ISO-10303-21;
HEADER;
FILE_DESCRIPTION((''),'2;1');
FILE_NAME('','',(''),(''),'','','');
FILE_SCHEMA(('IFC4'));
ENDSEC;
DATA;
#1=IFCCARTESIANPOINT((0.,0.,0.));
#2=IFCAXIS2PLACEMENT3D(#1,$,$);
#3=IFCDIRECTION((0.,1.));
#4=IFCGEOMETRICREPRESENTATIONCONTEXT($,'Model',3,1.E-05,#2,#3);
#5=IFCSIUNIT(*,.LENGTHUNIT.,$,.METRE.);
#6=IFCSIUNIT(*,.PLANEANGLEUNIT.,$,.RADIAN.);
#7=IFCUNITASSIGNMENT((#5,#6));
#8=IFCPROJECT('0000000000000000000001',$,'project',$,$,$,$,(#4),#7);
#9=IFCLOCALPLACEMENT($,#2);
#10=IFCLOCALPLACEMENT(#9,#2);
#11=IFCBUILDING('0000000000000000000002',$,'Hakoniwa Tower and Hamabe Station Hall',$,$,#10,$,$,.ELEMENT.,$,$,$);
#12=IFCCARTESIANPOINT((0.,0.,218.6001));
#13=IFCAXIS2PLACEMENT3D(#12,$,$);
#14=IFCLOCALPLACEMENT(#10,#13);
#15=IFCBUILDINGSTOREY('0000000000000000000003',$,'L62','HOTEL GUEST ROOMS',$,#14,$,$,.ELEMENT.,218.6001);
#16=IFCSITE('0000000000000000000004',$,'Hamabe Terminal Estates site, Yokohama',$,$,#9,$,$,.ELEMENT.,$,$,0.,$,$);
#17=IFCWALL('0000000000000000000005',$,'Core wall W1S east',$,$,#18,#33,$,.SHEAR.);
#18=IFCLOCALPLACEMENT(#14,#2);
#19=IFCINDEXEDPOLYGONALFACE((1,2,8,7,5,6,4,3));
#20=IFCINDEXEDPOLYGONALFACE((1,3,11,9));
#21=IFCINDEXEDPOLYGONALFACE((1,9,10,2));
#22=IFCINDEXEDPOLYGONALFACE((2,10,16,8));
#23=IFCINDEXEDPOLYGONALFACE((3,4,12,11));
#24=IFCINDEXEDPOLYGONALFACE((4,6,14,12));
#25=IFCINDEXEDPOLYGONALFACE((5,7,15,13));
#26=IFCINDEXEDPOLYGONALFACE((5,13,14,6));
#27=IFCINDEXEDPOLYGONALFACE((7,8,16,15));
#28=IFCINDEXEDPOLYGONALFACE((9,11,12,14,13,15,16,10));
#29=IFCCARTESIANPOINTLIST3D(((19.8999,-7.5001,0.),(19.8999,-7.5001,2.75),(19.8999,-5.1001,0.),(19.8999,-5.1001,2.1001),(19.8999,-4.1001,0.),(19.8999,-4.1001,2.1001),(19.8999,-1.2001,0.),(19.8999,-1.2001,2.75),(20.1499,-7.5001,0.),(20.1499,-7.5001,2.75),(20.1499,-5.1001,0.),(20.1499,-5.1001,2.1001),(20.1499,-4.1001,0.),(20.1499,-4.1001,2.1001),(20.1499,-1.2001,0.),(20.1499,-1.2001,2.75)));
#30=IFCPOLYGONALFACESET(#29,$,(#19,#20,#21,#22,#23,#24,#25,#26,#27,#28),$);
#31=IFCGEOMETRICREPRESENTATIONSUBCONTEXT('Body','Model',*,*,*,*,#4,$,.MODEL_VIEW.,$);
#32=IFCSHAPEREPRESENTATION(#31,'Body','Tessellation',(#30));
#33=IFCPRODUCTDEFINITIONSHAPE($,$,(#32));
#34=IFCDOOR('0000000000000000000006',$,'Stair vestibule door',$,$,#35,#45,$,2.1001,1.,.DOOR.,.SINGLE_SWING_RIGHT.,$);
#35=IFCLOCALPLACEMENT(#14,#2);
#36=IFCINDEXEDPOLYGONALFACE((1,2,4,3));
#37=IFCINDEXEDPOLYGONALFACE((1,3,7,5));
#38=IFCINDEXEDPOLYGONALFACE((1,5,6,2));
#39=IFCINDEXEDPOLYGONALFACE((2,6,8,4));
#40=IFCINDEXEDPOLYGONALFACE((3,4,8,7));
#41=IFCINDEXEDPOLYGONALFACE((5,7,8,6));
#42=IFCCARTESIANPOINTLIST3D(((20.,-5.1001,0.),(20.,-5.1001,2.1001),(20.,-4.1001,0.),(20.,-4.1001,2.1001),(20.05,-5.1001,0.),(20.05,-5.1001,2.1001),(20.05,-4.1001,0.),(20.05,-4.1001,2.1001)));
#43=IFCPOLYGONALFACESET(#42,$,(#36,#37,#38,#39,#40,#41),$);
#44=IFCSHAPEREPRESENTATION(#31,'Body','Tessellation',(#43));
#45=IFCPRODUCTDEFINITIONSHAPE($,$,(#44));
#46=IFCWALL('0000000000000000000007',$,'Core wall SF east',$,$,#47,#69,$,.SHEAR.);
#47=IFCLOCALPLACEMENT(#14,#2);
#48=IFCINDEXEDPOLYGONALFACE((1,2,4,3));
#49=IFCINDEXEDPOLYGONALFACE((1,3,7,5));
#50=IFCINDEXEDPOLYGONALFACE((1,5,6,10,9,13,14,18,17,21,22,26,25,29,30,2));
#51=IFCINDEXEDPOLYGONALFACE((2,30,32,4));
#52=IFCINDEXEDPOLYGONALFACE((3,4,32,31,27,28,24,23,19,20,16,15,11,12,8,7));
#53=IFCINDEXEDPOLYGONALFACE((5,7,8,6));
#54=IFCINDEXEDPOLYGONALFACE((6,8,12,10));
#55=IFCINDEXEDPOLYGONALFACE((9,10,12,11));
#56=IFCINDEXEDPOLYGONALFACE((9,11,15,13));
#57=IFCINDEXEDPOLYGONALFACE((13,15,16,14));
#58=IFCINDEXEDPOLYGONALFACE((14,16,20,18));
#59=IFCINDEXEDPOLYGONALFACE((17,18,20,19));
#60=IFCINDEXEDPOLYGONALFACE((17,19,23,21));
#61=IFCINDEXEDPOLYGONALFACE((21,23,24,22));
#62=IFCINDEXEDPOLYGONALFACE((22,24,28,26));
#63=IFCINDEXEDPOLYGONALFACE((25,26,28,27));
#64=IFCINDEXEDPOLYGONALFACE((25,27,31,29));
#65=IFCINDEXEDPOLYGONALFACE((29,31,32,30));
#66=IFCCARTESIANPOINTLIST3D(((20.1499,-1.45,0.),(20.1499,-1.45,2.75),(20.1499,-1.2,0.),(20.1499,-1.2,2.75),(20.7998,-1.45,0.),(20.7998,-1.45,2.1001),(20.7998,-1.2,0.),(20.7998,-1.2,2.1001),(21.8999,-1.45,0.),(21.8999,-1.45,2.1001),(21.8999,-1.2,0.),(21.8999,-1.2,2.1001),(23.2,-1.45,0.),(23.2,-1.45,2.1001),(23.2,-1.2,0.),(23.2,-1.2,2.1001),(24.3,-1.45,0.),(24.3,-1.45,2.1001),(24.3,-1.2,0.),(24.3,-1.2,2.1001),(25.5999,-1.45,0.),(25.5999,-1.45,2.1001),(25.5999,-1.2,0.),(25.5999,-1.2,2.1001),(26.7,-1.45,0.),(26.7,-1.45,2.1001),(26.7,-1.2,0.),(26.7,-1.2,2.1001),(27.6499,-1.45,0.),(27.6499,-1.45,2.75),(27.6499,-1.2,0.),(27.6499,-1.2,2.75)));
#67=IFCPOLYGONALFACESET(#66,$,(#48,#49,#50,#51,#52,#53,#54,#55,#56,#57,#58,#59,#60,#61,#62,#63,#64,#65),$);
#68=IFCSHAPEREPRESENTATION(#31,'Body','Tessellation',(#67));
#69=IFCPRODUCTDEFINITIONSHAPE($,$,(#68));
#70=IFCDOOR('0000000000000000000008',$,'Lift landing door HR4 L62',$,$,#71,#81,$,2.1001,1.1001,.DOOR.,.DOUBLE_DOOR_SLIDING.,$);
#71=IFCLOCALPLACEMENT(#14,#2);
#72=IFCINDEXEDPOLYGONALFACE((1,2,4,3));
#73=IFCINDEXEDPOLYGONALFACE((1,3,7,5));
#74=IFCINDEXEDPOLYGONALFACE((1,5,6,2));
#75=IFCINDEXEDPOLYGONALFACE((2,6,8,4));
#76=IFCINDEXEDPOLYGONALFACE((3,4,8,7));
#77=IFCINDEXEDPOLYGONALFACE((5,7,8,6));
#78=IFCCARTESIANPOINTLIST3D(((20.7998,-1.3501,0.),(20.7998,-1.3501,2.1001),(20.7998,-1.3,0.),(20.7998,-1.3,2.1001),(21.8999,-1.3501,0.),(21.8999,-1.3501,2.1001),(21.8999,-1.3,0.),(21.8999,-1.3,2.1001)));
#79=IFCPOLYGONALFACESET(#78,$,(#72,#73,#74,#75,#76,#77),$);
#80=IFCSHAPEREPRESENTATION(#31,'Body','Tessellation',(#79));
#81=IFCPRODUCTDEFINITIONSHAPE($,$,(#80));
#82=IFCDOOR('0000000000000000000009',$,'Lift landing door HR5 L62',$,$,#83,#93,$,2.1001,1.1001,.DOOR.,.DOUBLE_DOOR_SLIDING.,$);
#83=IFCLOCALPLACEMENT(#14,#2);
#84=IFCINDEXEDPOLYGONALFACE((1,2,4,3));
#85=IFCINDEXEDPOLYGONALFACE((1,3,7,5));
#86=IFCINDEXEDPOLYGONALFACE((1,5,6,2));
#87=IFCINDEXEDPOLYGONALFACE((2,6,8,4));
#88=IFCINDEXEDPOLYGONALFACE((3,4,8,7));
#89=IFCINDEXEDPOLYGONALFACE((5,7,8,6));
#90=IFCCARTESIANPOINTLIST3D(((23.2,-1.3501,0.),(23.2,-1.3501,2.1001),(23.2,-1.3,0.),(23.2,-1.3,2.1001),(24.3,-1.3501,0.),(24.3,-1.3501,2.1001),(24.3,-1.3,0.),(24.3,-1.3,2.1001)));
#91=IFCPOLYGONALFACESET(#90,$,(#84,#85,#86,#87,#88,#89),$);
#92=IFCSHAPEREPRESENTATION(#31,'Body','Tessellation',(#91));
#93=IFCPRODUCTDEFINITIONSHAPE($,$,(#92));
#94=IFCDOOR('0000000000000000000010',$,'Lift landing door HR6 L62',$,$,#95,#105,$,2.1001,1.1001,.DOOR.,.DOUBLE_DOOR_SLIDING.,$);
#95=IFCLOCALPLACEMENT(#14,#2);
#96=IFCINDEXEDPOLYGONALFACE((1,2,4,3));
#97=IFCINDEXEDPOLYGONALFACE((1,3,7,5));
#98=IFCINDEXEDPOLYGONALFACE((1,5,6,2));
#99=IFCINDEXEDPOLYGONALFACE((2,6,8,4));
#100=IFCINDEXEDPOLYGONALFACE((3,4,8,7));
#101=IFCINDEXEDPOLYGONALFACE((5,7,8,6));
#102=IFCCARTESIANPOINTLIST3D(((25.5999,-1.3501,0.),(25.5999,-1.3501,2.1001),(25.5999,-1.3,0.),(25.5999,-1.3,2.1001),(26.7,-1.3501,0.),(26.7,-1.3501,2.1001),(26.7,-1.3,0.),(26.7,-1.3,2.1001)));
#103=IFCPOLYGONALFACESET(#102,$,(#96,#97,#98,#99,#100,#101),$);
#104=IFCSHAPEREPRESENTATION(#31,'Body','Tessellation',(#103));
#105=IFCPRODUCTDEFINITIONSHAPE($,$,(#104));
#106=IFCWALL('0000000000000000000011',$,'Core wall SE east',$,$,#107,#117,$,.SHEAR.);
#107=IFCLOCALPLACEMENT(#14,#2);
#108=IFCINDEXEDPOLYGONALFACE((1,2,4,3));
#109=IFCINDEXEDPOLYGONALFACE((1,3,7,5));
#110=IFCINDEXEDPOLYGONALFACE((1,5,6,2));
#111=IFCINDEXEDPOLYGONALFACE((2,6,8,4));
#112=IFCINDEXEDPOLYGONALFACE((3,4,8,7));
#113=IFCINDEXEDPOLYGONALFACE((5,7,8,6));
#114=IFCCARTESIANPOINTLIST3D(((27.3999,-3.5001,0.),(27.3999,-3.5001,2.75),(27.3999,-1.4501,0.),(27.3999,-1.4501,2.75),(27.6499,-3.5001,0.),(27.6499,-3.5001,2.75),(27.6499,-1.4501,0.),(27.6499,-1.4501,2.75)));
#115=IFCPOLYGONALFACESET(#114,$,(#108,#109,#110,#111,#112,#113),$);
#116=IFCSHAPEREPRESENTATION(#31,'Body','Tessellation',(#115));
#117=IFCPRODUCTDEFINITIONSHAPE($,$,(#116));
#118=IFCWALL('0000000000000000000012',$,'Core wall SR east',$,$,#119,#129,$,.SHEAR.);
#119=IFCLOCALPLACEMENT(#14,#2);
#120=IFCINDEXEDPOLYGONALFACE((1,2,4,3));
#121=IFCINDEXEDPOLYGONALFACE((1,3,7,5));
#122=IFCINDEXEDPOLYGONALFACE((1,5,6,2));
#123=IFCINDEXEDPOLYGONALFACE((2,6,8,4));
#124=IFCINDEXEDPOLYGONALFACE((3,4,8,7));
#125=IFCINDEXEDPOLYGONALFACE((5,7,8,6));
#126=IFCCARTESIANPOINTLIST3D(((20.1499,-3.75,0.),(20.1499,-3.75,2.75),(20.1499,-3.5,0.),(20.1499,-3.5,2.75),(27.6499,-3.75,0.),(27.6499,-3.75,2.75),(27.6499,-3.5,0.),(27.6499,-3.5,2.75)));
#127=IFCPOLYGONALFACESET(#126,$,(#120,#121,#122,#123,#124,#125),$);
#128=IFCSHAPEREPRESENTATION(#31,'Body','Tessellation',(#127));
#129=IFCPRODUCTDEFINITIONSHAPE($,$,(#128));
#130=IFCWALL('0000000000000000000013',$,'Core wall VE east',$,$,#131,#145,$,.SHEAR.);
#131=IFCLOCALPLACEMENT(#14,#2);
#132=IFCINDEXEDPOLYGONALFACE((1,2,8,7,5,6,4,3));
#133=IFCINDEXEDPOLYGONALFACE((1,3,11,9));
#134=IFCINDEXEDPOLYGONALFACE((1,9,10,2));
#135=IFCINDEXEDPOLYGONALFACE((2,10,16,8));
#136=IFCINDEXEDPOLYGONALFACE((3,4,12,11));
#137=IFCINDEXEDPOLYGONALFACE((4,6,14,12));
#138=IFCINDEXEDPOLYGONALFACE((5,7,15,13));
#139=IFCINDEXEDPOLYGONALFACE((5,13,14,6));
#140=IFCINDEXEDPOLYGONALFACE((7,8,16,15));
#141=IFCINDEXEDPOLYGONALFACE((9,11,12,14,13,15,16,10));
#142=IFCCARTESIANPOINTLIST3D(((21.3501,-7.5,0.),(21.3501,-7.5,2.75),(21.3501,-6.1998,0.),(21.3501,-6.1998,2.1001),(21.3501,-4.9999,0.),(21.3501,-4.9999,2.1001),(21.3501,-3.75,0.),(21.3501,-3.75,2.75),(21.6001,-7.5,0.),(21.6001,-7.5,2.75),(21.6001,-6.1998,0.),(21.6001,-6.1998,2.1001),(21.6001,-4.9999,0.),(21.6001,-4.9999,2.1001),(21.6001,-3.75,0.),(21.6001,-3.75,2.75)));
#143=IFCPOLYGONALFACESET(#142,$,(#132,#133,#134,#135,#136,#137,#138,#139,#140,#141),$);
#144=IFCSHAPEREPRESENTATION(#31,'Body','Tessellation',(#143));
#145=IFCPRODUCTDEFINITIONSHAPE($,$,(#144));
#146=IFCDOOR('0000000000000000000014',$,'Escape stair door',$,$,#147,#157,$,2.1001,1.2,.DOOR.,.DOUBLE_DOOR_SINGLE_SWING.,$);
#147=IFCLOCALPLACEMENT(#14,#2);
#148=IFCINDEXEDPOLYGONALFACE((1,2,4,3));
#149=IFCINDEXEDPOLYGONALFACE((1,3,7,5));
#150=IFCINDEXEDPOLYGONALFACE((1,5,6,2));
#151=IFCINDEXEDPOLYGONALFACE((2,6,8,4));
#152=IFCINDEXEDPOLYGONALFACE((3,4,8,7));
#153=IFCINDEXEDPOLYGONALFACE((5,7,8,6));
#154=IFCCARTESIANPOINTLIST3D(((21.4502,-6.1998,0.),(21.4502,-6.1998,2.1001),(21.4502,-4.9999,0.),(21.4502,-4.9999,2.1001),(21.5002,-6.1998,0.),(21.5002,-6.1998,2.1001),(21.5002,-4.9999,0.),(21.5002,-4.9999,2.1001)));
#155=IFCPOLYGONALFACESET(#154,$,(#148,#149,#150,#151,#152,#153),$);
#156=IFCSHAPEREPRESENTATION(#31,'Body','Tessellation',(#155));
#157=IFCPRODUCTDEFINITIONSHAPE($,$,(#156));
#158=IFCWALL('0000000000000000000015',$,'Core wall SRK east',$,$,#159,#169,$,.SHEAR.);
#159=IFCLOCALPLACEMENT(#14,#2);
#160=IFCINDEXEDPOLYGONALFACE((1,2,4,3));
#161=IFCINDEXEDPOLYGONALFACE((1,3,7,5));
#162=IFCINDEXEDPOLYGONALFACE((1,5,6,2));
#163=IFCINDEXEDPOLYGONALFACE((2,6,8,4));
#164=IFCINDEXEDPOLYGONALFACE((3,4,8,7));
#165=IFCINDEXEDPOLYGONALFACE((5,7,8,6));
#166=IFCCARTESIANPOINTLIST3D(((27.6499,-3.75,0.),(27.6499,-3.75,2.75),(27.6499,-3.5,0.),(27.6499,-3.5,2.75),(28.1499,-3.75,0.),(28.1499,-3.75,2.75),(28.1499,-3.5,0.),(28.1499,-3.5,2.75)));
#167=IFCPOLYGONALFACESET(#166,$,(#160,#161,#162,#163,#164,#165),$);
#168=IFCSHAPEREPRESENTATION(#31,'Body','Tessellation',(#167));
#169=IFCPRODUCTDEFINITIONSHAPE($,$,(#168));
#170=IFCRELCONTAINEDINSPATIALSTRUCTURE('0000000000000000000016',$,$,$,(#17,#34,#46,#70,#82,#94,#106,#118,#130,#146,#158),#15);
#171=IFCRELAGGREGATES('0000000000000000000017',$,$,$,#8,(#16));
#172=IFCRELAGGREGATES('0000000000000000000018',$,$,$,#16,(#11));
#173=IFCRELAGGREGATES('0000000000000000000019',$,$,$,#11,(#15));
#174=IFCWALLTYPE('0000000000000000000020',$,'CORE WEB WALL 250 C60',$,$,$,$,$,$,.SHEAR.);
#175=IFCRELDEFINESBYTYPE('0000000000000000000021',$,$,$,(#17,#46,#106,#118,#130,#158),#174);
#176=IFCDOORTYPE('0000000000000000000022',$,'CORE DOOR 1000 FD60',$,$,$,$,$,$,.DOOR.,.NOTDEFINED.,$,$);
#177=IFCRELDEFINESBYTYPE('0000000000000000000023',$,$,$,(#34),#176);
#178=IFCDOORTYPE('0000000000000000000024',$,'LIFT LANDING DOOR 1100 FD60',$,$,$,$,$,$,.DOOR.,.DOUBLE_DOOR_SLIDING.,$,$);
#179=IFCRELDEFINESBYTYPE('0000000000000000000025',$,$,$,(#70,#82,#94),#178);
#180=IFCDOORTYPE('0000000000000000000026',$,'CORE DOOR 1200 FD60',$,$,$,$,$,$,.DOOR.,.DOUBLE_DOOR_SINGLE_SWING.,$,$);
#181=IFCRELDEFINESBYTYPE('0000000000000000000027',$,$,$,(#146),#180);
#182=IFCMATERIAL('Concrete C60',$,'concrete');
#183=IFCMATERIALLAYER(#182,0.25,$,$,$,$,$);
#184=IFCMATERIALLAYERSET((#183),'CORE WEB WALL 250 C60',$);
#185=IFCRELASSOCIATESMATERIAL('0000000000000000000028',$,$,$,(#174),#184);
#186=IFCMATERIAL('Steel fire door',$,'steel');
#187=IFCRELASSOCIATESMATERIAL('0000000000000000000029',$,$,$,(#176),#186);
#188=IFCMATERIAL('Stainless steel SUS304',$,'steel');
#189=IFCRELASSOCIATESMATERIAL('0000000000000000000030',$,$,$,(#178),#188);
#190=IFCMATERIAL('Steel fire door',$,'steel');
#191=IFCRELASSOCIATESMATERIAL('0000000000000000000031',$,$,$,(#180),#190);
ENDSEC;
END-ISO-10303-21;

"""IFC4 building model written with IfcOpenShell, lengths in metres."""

from ifc_helpers import new_model, si_unit, direction, frame, frame_2d, origin, place, context, subcontext, project, spatial, rectangle, extrude, material, layer, layer_set, type_object, element, fill, save


model = new_model("IFC4")

# Units and contexts
model_context = context("Model", 3, precision=1e-05, world=origin(), true_north=direction((0.0, 1.0)))
body_context = subcontext(model_context, "Body", "Model", "MODEL_VIEW")
ifc_project = project(units=[si_unit("LENGTHUNIT", "METRE"), si_unit("PLANEANGLEUNIT", "RADIAN")], contexts=[model_context])

# Site, building, storey
site_placement = place(None, origin())
site = spatial("IfcSite", under=ifc_project, at=site_placement, Name="Hamabe Terminal Estates site, Yokohama", CompositionType="ELEMENT", RefElevation=0.0)
building_placement = place(site_placement, origin())
building = spatial("IfcBuilding", under=site, at=building_placement, Name="Hakoniwa Tower and Hamabe Station Hall", CompositionType="ELEMENT")
storey_placement = place(building_placement, frame((0.0, 0.0, 218.6001)))
storey = spatial("IfcBuildingStorey", under=building, at=storey_placement, Name="L62", Description="HOTEL GUEST ROOMS", CompositionType="ELEMENT", Elevation=218.6001)

# Wall, opening, door
ifc_material_1 = material(Name="Concrete C60", Category="concrete")
ifc_layer_1 = layer(ifc_material_1, 0.25)
ifc_layer_set_1 = layer_set([ifc_layer_1], Name="CORE WEB WALL 250 C60")
wall_type_1 = type_object("IfcWallType", Name="CORE WEB WALL 250 C60", PredefinedType="SHEAR", material=ifc_layer_set_1)
wall_1_placement = place(storey_placement, frame((20.0249, -7.5, 0.0), z_axis=(0.0, 0.0, 1.0), x_axis=(0.0, 1.0, 0.0)))
wall_1 = element("IfcWall", 1, at=wall_1_placement, inside=storey, type_object=wall_type_1, Name="Core wall W1S east", PredefinedType="SHEAR", context=body_context, shape_type="SweptSolid", body=[
    extrude(rectangle(XDim=6.3, YDim=0.25, at=frame_2d((3.1499, 0.0))), origin(), (0.0, 0.0, 1.0), 2.75),
])
opening_1_placement = place(wall_1_placement, frame((2.3999, 0.0, 0.0)))
opening_1 = element("IfcOpeningElement", 2, at=opening_1_placement, cuts=wall_1, PredefinedType="OPENING", context=body_context, shape_type="SweptSolid", body=[
    extrude(rectangle(XDim=1.0, YDim=2.1001, at=frame_2d((0.5, 1.05))), frame((0.0, 0.135, 0.0), z_axis=(0.0, -1.0, 0.0), x_axis=(1.0, 0.0, 0.0)), (0.0, 0.0, 1.0), 0.27),
])
ifc_material_2 = material(Name="Steel fire door", Category="steel")
door_type_1 = type_object("IfcDoorType", Name="CORE DOOR 1000 FD60", OperationType="NOTDEFINED", PredefinedType="DOOR", material=ifc_material_2)
door_1_placement = place(opening_1_placement, origin())
door_1 = element("IfcDoor", 3, at=door_1_placement, inside=storey, type_object=door_type_1, Name="Stair vestibule door", OperationType="SINGLE_SWING_RIGHT", OverallHeight=2.1001, OverallWidth=1.0, PredefinedType="DOOR", context=body_context, shape_type="SweptSolid", body=[
    extrude(rectangle(XDim=1.0, YDim=2.1001, at=frame_2d((0.5, 1.05))), frame((0.0, 0.0249, 0.0), z_axis=(0.0, -1.0, 0.0), x_axis=(1.0, 0.0, 0.0)), (0.0, 0.0, 1.0), 0.05),
])
fill(opening_1, door_1)

# Wall, openings, doors
wall_2_placement = place(storey_placement, frame((20.1499, -1.325, 0.0), z_axis=(0.0, 0.0, 1.0), x_axis=(1.0, 0.0, 0.0)))
wall_2 = element("IfcWall", 4, at=wall_2_placement, inside=storey, type_object=wall_type_1, Name="Core wall SF east", PredefinedType="SHEAR", context=body_context, shape_type="SweptSolid", body=[
    extrude(rectangle(XDim=7.5, YDim=0.25, at=frame_2d((3.75, 0.0))), origin(), (0.0, 0.0, 1.0), 2.75),
])
opening_2_placement = place(wall_2_placement, frame((0.6499, 0.0, 0.0)))
opening_2 = element("IfcOpeningElement", 5, at=opening_2_placement, cuts=wall_2, PredefinedType="OPENING", context=body_context, shape_type="SweptSolid", body=[
    extrude(rectangle(XDim=1.1001, YDim=2.1001, at=frame_2d((0.55, 1.05))), frame((0.0, 0.135, 0.0), z_axis=(0.0, -1.0, 0.0), x_axis=(1.0, 0.0, 0.0)), (0.0, 0.0, 1.0), 0.27),
])
opening_3_placement = place(wall_2_placement, frame((3.05, 0.0, 0.0)))
opening_3 = element("IfcOpeningElement", 6, at=opening_3_placement, cuts=wall_2, PredefinedType="OPENING", context=body_context, shape_type="SweptSolid", body=[
    extrude(rectangle(XDim=1.1001, YDim=2.1001, at=frame_2d((0.55, 1.05))), frame((0.0, 0.135, 0.0), z_axis=(0.0, -1.0, 0.0), x_axis=(1.0, 0.0, 0.0)), (0.0, 0.0, 1.0), 0.27),
])
opening_4_placement = place(wall_2_placement, frame((5.45, 0.0, 0.0)))
opening_4 = element("IfcOpeningElement", 7, at=opening_4_placement, cuts=wall_2, PredefinedType="OPENING", context=body_context, shape_type="SweptSolid", body=[
    extrude(rectangle(XDim=1.1001, YDim=2.1001, at=frame_2d((0.55, 1.05))), frame((0.0, 0.135, 0.0), z_axis=(0.0, -1.0, 0.0), x_axis=(1.0, 0.0, 0.0)), (0.0, 0.0, 1.0), 0.27),
])
ifc_material_3 = material(Name="Stainless steel SUS304", Category="steel")
door_type_2 = type_object("IfcDoorType", Name="LIFT LANDING DOOR 1100 FD60", OperationType="DOUBLE_DOOR_SLIDING", PredefinedType="DOOR", material=ifc_material_3)
door_2_placement = place(opening_2_placement, origin())
door_2 = element("IfcDoor", 8, at=door_2_placement, inside=storey, type_object=door_type_2, Name="Lift landing door HR4 L62", OperationType="DOUBLE_DOOR_SLIDING", OverallHeight=2.1001, OverallWidth=1.1001, PredefinedType="DOOR", context=body_context, shape_type="SweptSolid", body=[
    extrude(rectangle(XDim=1.1001, YDim=2.1001, at=frame_2d((0.55, 1.05))), frame((0.0, 0.0249, 0.0), z_axis=(0.0, -1.0, 0.0), x_axis=(1.0, 0.0, 0.0)), (0.0, 0.0, 1.0), 0.05),
])
fill(opening_2, door_2)
door_3_placement = place(opening_3_placement, origin())
door_3 = element("IfcDoor", 9, at=door_3_placement, inside=storey, type_object=door_type_2, Name="Lift landing door HR5 L62", OperationType="DOUBLE_DOOR_SLIDING", OverallHeight=2.1001, OverallWidth=1.1001, PredefinedType="DOOR", context=body_context, shape_type="SweptSolid", body=[
    extrude(rectangle(XDim=1.1001, YDim=2.1001, at=frame_2d((0.55, 1.05))), frame((0.0, 0.0249, 0.0), z_axis=(0.0, -1.0, 0.0), x_axis=(1.0, 0.0, 0.0)), (0.0, 0.0, 1.0), 0.05),
])
fill(opening_3, door_3)
door_4_placement = place(opening_4_placement, origin())
door_4 = element("IfcDoor", 10, at=door_4_placement, inside=storey, type_object=door_type_2, Name="Lift landing door HR6 L62", OperationType="DOUBLE_DOOR_SLIDING", OverallHeight=2.1001, OverallWidth=1.1001, PredefinedType="DOOR", context=body_context, shape_type="SweptSolid", body=[
    extrude(rectangle(XDim=1.1001, YDim=2.1001, at=frame_2d((0.55, 1.05))), frame((0.0, 0.0249, 0.0), z_axis=(0.0, -1.0, 0.0), x_axis=(1.0, 0.0, 0.0)), (0.0, 0.0, 1.0), 0.05),
])
fill(opening_4, door_4)

# Walls
wall_3_placement = place(storey_placement, frame((27.5249, -3.5, 0.0), z_axis=(0.0, 0.0, 1.0), x_axis=(0.0, 1.0, 0.0)))
element("IfcWall", 11, at=wall_3_placement, inside=storey, type_object=wall_type_1, Name="Core wall SE east", PredefinedType="SHEAR", context=body_context, shape_type="SweptSolid", body=[
    extrude(rectangle(XDim=2.05, YDim=0.25, at=frame_2d((1.0249, 0.0))), origin(), (0.0, 0.0, 1.0), 2.75),
])
wall_4_placement = place(storey_placement, frame((20.1499, -3.625, 0.0), z_axis=(0.0, 0.0, 1.0), x_axis=(1.0, 0.0, 0.0)))
element("IfcWall", 12, at=wall_4_placement, inside=storey, type_object=wall_type_1, Name="Core wall SR east", PredefinedType="SHEAR", context=body_context, shape_type="SweptSolid", body=[
    extrude(rectangle(XDim=7.5, YDim=0.25, at=frame_2d((3.75, 0.0))), origin(), (0.0, 0.0, 1.0), 2.75),
])

# Wall, opening, door
wall_5_placement = place(storey_placement, frame((21.4751, -7.5, 0.0), z_axis=(0.0, 0.0, 1.0), x_axis=(0.0, 1.0, 0.0)))
wall_5 = element("IfcWall", 13, at=wall_5_placement, inside=storey, type_object=wall_type_1, Name="Core wall VE east", PredefinedType="SHEAR", context=body_context, shape_type="SweptSolid", body=[
    extrude(rectangle(XDim=3.75, YDim=0.25, at=frame_2d((1.875, 0.0))), origin(), (0.0, 0.0, 1.0), 2.75),
])
opening_5_placement = place(wall_5_placement, frame((1.3, 0.0, 0.0)))
opening_5 = element("IfcOpeningElement", 14, at=opening_5_placement, cuts=wall_5, PredefinedType="OPENING", context=body_context, shape_type="SweptSolid", body=[
    extrude(rectangle(XDim=1.2, YDim=2.1001, at=frame_2d((0.6001, 1.05))), frame((0.0, 0.135, 0.0), z_axis=(0.0, -1.0, 0.0), x_axis=(1.0, 0.0, 0.0)), (0.0, 0.0, 1.0), 0.27),
])
ifc_material_4 = material(Name="Steel fire door", Category="steel")
door_type_3 = type_object("IfcDoorType", Name="CORE DOOR 1200 FD60", OperationType="DOUBLE_DOOR_SINGLE_SWING", PredefinedType="DOOR", material=ifc_material_4)
door_5_placement = place(opening_5_placement, origin())
door_5 = element("IfcDoor", 15, at=door_5_placement, inside=storey, type_object=door_type_3, Name="Escape stair door", OperationType="DOUBLE_DOOR_SINGLE_SWING", OverallHeight=2.1001, OverallWidth=1.2, PredefinedType="DOOR", context=body_context, shape_type="SweptSolid", body=[
    extrude(rectangle(XDim=1.2, YDim=2.1001, at=frame_2d((0.6001, 1.05))), frame((0.0, 0.0249, 0.0), z_axis=(0.0, -1.0, 0.0), x_axis=(1.0, 0.0, 0.0)), (0.0, 0.0, 1.0), 0.05),
])
fill(opening_5, door_5)

# Wall
wall_6_placement = place(storey_placement, frame((27.6499, -3.625, 0.0), z_axis=(0.0, 0.0, 1.0), x_axis=(1.0, 0.0, 0.0)))
element("IfcWall", 16, at=wall_6_placement, inside=storey, type_object=wall_type_1, Name="Core wall SRK east", PredefinedType="SHEAR", context=body_context, shape_type="SweptSolid", body=[
    extrude(rectangle(XDim=0.5, YDim=0.25, at=frame_2d((0.25, 0.0))), origin(), (0.0, 0.0, 1.0), 2.75),
])

save(model, "model.ifc")
